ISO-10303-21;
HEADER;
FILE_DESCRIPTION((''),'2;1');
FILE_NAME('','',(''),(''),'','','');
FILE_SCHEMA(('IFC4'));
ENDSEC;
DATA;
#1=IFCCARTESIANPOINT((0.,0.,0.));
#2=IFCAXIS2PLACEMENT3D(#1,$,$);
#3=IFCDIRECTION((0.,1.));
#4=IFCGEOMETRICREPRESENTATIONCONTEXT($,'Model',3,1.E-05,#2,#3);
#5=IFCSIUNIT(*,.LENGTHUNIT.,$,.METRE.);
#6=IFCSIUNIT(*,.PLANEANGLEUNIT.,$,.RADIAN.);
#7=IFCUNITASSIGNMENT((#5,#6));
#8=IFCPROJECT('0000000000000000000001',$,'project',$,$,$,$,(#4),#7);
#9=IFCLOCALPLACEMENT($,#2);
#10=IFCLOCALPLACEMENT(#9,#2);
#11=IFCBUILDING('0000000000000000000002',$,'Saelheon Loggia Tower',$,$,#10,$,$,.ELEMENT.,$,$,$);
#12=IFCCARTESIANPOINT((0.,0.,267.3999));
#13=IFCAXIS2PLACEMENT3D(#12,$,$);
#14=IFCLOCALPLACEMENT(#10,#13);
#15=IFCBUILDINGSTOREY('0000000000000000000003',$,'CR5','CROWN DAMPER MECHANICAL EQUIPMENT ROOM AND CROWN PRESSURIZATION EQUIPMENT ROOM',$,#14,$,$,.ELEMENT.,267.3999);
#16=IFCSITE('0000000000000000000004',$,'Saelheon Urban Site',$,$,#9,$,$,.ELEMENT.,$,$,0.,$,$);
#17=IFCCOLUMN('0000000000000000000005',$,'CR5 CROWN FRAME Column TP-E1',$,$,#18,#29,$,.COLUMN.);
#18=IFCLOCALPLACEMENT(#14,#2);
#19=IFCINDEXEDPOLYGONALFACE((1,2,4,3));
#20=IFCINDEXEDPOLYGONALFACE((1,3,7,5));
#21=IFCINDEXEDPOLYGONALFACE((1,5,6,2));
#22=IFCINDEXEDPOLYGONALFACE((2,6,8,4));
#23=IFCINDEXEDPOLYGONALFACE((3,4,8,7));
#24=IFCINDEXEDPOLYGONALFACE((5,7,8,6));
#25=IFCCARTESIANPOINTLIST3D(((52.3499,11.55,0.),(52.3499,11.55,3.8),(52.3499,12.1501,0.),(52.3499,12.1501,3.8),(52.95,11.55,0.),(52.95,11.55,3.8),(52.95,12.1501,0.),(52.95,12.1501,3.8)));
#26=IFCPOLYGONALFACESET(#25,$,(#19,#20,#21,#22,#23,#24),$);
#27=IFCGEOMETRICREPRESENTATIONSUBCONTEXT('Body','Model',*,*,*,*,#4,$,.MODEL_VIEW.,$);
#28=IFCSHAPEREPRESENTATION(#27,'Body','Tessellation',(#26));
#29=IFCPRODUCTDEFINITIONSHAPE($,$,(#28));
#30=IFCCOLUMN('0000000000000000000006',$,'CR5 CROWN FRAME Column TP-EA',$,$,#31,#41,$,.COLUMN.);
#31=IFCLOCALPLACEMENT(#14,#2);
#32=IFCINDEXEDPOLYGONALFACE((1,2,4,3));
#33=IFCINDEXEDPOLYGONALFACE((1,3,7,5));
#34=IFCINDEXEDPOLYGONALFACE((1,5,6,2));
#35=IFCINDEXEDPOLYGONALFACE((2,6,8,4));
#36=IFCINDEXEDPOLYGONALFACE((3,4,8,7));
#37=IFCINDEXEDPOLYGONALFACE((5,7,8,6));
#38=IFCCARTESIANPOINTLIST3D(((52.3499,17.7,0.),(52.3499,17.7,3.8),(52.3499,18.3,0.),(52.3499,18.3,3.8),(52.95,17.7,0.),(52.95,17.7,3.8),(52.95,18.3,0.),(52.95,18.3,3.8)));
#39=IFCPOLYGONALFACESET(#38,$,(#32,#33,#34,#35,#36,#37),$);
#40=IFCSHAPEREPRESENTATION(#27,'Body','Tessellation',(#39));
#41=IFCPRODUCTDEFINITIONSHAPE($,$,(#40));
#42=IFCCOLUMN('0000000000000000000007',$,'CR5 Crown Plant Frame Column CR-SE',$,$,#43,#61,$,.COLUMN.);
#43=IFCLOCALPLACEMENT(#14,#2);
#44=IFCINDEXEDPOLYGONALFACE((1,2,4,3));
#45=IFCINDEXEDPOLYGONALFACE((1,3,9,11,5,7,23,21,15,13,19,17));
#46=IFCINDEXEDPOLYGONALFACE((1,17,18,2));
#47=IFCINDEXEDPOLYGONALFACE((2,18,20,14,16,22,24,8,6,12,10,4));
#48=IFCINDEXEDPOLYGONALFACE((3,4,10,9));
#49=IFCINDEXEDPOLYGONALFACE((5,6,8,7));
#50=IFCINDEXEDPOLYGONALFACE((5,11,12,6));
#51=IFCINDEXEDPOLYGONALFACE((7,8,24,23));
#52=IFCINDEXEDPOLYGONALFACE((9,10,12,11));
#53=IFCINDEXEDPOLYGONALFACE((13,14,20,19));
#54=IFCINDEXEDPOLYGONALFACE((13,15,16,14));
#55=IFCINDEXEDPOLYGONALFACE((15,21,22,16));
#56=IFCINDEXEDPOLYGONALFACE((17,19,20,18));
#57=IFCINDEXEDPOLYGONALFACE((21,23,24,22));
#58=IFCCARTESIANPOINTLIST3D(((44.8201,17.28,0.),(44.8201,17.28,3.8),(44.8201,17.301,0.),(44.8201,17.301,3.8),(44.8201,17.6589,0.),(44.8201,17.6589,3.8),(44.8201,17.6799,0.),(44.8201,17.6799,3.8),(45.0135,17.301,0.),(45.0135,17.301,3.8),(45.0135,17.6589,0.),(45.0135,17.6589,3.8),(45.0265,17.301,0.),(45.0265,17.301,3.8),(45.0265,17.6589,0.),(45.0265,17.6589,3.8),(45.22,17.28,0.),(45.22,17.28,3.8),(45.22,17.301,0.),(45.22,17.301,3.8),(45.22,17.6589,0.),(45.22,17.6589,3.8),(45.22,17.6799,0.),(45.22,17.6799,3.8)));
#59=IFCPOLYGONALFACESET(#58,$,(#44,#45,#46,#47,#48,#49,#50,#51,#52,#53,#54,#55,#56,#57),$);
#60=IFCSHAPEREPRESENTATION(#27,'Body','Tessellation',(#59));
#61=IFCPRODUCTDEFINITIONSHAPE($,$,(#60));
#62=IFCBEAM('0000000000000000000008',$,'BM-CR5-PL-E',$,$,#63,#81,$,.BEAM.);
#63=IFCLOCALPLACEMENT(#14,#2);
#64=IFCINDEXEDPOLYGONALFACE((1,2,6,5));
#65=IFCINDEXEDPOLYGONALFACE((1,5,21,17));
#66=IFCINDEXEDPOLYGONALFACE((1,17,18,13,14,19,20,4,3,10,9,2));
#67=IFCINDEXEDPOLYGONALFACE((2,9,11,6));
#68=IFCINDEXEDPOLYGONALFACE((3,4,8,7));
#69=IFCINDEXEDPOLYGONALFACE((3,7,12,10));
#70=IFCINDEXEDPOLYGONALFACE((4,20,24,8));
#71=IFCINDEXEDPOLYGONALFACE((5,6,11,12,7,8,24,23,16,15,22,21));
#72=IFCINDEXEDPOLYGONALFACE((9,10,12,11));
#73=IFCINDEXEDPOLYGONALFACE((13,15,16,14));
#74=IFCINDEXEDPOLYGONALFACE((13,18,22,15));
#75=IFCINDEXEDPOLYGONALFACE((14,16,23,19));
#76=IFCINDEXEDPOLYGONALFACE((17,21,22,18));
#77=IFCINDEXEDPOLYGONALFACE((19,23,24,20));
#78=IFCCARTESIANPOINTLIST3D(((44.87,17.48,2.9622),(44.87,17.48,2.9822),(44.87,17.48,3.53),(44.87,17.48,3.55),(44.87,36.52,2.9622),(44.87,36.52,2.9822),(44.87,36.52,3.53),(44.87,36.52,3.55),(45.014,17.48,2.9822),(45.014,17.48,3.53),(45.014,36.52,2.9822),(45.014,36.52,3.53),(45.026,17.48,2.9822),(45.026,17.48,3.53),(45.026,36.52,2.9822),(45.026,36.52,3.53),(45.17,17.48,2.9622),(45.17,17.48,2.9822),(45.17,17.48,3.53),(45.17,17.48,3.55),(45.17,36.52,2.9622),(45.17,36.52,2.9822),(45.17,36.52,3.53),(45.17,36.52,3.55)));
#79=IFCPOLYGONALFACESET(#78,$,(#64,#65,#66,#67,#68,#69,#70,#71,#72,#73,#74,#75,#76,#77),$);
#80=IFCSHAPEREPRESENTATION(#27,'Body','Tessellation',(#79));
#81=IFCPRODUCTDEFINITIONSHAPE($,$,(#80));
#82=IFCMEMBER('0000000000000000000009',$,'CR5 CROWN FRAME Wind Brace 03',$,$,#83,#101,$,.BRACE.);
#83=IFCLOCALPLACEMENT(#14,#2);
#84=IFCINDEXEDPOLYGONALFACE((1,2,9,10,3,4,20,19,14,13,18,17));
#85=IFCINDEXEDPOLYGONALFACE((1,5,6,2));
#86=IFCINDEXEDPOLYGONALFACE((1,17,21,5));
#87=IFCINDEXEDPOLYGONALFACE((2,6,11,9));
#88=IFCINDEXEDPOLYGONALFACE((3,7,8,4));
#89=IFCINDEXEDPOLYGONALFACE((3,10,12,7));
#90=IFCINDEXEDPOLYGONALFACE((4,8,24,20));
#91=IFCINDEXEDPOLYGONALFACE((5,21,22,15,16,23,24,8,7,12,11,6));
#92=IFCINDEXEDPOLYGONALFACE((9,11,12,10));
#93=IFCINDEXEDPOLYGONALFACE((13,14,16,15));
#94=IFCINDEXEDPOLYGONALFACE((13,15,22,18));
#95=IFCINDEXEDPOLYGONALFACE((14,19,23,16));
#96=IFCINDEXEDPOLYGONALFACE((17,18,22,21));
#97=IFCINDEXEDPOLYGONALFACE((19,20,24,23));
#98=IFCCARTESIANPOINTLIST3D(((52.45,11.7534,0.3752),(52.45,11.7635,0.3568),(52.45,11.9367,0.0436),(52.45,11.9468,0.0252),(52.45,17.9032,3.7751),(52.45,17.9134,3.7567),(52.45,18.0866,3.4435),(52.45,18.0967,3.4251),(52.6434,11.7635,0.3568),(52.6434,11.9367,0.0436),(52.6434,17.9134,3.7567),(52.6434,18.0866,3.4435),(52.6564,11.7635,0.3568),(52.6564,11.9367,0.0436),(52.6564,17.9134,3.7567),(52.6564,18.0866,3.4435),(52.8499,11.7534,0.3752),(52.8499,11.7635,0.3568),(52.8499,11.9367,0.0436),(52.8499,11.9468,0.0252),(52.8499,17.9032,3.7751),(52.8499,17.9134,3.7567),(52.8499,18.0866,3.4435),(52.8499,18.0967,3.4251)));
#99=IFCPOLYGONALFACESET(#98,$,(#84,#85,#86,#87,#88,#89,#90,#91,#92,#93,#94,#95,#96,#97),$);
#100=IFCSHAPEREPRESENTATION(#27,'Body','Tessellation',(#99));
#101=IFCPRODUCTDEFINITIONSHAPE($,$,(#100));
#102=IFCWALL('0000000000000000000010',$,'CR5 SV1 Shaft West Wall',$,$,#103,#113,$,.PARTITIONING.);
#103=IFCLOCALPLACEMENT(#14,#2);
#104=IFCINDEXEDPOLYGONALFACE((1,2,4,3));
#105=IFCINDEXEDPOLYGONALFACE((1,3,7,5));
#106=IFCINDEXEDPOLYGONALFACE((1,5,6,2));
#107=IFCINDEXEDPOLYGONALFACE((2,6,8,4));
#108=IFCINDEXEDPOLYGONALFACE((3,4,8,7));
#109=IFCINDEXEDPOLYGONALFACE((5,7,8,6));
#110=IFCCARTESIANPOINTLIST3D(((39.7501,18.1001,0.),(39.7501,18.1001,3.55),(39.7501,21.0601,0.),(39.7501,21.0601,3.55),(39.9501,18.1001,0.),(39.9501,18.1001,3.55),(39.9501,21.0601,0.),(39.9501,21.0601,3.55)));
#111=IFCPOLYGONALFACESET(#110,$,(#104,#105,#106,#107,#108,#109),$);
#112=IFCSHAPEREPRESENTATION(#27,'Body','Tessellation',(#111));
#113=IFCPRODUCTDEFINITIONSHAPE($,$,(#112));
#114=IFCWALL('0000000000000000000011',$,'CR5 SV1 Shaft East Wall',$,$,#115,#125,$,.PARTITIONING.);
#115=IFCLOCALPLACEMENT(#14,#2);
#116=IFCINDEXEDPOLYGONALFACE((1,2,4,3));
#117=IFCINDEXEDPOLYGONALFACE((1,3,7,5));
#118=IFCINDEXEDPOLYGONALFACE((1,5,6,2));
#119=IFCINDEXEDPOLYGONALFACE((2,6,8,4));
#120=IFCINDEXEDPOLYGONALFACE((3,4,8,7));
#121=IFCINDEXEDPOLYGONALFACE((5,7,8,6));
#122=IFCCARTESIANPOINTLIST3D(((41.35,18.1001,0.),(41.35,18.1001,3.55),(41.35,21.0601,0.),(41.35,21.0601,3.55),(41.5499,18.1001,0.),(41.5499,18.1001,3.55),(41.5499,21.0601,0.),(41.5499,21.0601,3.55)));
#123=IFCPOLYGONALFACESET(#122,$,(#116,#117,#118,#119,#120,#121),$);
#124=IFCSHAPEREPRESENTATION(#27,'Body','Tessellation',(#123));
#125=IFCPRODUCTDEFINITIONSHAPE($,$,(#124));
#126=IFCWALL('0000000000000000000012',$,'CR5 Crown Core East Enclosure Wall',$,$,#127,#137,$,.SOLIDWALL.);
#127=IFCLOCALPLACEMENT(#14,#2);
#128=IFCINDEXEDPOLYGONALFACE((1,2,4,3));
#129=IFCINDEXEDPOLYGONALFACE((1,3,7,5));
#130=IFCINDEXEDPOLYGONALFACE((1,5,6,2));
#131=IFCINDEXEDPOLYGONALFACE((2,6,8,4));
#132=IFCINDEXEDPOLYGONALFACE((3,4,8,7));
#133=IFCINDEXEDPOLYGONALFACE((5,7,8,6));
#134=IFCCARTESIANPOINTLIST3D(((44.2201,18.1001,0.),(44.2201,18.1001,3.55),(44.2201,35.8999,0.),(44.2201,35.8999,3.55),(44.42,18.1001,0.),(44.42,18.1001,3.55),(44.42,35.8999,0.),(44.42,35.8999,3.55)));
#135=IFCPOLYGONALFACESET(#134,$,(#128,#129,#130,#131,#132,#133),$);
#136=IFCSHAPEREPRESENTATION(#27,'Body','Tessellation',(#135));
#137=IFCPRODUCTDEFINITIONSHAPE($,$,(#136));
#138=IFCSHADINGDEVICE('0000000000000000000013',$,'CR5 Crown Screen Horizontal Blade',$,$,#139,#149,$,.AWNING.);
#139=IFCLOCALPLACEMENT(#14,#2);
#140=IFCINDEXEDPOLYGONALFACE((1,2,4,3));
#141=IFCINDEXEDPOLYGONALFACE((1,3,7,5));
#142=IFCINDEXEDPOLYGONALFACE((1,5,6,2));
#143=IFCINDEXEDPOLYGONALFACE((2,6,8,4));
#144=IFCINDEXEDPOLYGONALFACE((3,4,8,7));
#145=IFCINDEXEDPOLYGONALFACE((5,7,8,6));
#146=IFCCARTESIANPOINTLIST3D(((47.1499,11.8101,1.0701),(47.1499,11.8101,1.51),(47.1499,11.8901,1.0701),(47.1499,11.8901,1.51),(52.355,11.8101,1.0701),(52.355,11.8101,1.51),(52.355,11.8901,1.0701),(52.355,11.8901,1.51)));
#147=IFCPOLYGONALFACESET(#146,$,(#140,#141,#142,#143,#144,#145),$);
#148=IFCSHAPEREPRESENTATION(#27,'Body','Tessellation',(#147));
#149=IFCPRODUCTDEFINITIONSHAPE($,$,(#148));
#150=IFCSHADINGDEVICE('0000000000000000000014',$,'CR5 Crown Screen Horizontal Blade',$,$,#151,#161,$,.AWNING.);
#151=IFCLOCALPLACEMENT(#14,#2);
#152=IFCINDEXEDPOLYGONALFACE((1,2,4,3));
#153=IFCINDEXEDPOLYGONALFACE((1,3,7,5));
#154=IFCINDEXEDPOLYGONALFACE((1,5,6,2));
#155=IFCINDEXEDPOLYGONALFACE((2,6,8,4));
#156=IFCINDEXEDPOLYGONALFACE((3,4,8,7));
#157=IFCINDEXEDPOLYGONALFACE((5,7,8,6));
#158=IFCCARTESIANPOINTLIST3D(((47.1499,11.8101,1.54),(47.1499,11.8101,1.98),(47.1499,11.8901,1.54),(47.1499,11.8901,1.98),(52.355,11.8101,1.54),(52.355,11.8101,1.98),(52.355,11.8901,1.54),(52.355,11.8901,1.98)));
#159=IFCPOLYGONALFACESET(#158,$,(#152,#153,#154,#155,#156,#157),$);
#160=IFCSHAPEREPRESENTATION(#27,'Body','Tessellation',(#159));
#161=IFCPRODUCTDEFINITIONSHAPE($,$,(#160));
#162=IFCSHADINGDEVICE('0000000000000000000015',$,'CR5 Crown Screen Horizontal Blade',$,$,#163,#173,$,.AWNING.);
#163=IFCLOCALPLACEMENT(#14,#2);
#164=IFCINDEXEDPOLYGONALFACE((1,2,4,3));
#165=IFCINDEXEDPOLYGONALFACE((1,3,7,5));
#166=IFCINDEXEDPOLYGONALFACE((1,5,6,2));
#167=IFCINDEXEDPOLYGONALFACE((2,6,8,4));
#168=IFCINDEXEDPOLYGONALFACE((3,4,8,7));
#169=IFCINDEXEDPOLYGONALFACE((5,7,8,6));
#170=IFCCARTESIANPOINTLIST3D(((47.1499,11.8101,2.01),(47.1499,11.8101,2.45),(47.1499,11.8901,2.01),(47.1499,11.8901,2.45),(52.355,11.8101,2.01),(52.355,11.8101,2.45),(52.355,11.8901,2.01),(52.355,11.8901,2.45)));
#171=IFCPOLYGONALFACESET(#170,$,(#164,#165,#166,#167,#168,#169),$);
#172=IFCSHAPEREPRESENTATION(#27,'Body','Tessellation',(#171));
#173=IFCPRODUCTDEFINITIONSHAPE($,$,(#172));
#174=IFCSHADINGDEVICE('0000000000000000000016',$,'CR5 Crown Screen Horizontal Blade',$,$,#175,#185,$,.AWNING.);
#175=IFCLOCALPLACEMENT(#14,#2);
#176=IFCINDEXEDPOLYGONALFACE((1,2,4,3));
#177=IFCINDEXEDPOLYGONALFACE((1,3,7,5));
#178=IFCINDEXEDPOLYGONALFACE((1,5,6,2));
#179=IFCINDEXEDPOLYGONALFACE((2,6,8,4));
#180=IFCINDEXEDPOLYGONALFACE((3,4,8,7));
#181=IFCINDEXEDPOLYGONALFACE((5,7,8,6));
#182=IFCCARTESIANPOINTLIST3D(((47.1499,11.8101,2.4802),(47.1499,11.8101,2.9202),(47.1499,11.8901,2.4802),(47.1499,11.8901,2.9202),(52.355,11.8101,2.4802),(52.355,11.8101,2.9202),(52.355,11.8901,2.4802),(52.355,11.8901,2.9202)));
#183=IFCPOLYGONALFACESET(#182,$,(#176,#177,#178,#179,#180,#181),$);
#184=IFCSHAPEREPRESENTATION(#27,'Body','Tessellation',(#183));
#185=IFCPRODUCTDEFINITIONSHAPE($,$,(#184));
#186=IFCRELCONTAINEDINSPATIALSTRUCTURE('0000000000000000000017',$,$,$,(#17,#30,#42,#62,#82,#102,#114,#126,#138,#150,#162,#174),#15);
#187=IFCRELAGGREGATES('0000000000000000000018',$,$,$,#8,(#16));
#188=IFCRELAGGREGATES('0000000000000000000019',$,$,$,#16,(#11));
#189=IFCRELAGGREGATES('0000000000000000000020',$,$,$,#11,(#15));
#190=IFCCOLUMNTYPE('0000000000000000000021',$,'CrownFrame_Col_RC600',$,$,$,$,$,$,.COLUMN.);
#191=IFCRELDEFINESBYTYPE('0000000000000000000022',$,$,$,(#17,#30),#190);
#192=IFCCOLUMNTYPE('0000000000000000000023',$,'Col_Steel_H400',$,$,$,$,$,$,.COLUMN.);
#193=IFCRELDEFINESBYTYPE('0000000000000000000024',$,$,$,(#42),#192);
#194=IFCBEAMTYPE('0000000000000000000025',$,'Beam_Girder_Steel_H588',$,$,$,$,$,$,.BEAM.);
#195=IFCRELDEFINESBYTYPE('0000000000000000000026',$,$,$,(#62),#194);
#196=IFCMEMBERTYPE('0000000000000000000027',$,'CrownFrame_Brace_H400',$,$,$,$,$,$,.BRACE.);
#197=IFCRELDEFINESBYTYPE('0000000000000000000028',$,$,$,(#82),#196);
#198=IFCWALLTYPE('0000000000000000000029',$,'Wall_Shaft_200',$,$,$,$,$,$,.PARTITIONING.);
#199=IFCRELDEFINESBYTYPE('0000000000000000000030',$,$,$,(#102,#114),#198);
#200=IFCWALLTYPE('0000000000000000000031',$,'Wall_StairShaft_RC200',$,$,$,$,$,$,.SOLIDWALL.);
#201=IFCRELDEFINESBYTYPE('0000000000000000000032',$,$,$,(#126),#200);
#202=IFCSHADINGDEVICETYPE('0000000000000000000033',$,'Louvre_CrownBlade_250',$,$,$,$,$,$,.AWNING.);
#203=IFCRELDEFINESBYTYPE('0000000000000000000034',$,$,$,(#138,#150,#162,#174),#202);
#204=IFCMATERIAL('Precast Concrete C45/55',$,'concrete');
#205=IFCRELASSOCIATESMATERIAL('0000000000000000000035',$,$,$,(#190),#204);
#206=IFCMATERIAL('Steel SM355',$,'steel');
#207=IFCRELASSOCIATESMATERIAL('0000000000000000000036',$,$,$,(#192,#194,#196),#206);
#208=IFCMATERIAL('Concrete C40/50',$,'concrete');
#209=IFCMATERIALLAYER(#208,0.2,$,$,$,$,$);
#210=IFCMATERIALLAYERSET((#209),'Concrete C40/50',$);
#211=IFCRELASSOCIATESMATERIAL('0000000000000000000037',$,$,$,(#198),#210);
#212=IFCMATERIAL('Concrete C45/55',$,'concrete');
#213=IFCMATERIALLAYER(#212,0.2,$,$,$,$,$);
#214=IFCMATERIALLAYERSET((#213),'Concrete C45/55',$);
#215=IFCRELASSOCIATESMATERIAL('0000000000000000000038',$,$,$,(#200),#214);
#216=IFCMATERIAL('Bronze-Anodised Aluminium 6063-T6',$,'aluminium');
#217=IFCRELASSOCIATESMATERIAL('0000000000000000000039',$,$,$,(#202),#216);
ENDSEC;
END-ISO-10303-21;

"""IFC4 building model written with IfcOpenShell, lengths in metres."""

from ifc_helpers import new_model, si_unit, direction, frame, frame_2d, origin, origin_2d, place, context, subcontext, project, spatial, rectangle, i_section, extrude, source, transform, mapped, material, layer, layer_set, material_profile, profile_set, type_object, element, save


model = new_model("IFC4")

# Units and contexts
model_context = context("Model", 3, precision=1e-05, world=origin(), true_north=direction((0.0, 1.0)))
body_context = subcontext(model_context, "Body", "Model", "MODEL_VIEW")
ifc_project = project(units=[si_unit("LENGTHUNIT", "METRE"), si_unit("PLANEANGLEUNIT", "RADIAN")], contexts=[model_context])

# Site, building, storey
site_placement = place(None, origin())
site = spatial("IfcSite", under=ifc_project, at=site_placement, Name="Saelheon Urban Site", CompositionType="ELEMENT", RefElevation=0.0)
building_placement = place(site_placement, origin())
building = spatial("IfcBuilding", under=site, at=building_placement, Name="Saelheon Loggia Tower", CompositionType="ELEMENT")
storey_placement = place(building_placement, frame((0.0, 0.0, 267.3999)))
storey = spatial("IfcBuildingStorey", under=building, at=storey_placement, Name="CR5", Description="CROWN DAMPER MECHANICAL EQUIPMENT ROOM AND CROWN PRESSURIZATION EQUIPMENT ROOM", CompositionType="ELEMENT", Elevation=267.3999)

# Columns
ifc_material_1 = material(Name="Precast Concrete C45/55", Category="concrete")
ifc_material_profile_1 = material_profile(ifc_material_1, rectangle(XDim=0.6001, YDim=0.6001, at=origin_2d()), Name="RC-600x600")
ifc_profile_set_1 = profile_set([ifc_material_profile_1], Name="Precast Concrete C45/55")
column_type_1 = type_object("IfcColumnType", Name="CrownFrame_Col_RC600", PredefinedType="COLUMN", material=ifc_profile_set_1)
shared_shape_1 = source(origin(), body_context, "Body", "SweptSolid", [
    extrude(rectangle(XDim=0.6001, YDim=0.6001, at=origin_2d()), origin(), (0.0, 0.0, 1.0), 3.8),
])
for number, where, z_axis, x_axis, name in (
    (1, (52.6499, 11.8501, 0.0), (0.0, 0.0, 1.0), (1.0, 0.0, 0.0), "CR5 CROWN FRAME Column TP-E1"),
    (2, (52.6499, 18.0, 0.0), (0.0, 0.0, 1.0), (1.0, 0.0, 0.0), "CR5 CROWN FRAME Column TP-EA"),
):
    element("IfcColumn", number, at=place(storey_placement, frame(where, z_axis=z_axis, x_axis=x_axis)), inside=storey, type_object=column_type_1, Name=name, PredefinedType="COLUMN", context=body_context, shape_type="MappedRepresentation", body=[
        mapped(shared_shape_1, transform((0.0, 0.0, 0.0), scale=1.0)),
    ])
ifc_material_2 = material(Name="Steel SM355", Category="steel")
ifc_material_profile_2 = material_profile(ifc_material_2, i_section(OverallWidth=0.3999, OverallDepth=0.3999, WebThickness=0.0129, FlangeThickness=0.021, at=origin_2d()), Name="H-400x400x13x21")
ifc_profile_set_2 = profile_set([ifc_material_profile_2], Name="Steel SM355")
column_type_2 = type_object("IfcColumnType", Name="Col_Steel_H400", PredefinedType="COLUMN", material=ifc_profile_set_2)
shared_shape_2 = source(origin(), body_context, "Body", "SweptSolid", [
    extrude(i_section(OverallWidth=0.3999, OverallDepth=0.3999, WebThickness=0.0129, FlangeThickness=0.021, at=origin_2d()), origin(), (0.0, 0.0, 1.0), 3.8),
])
column_placement = place(storey_placement, frame((45.02, 17.48, 0.0), z_axis=(0.0, 0.0, 1.0), x_axis=(1.0, 0.0, 0.0)))
element("IfcColumn", 3, at=column_placement, inside=storey, type_object=column_type_2, Name="CR5 Crown Plant Frame Column CR-SE", PredefinedType="COLUMN", context=body_context, shape_type="MappedRepresentation", body=[
    mapped(shared_shape_2, transform((0.0, 0.0, 0.0), scale=1.0)),
])

# Beam
ifc_material_profile_3 = material_profile(ifc_material_2, i_section(OverallWidth=0.3, OverallDepth=0.5879, WebThickness=0.012, FlangeThickness=0.02, at=origin_2d()), Name="H-588x300x12x20")
ifc_profile_set_3 = profile_set([ifc_material_profile_3], Name="Steel SM355")
beam_type = type_object("IfcBeamType", Name="Beam_Girder_Steel_H588", PredefinedType="BEAM", material=ifc_profile_set_3)
shared_shape_3 = source(origin(), body_context, "Body", "SweptSolid", [
    extrude(i_section(OverallWidth=0.3, OverallDepth=0.5879, WebThickness=0.012, FlangeThickness=0.02, at=origin_2d()), origin(), (0.0, 0.0, 1.0), 19.04),
])
beam_placement = place(storey_placement, frame((45.02, 17.48, 3.2561), z_axis=(0.0, 1.0, 0.0), x_axis=(-1.0, 0.0, 0.0)))
element("IfcBeam", 4, at=beam_placement, inside=storey, type_object=beam_type, Name="BM-CR5-PL-E", PredefinedType="BEAM", context=body_context, shape_type="MappedRepresentation", body=[
    mapped(shared_shape_3, transform((0.0, 0.0, 0.0), scale=1.0)),
])

# Member
ifc_material_profile_4 = material_profile(ifc_material_2, i_section(OverallWidth=0.3999, OverallDepth=0.3999, WebThickness=0.0129, FlangeThickness=0.021, at=origin_2d()), Name="H-400x400x13x21")
ifc_profile_set_4 = profile_set([ifc_material_profile_4], Name="Steel SM355")
member_type = type_object("IfcMemberType", Name="CrownFrame_Brace_H400", PredefinedType="BRACE", material=ifc_profile_set_4)
shared_shape_4 = source(origin(), body_context, "Body", "SweptSolid", [
    extrude(i_section(OverallWidth=0.3999, OverallDepth=0.3999, WebThickness=0.0129, FlangeThickness=0.021, at=origin_2d()), origin(), (0.0, 0.0, 1.0), 7.0271),
])
member_placement = place(storey_placement, frame((52.6499, 11.8501, 0.2002), z_axis=(0.0, 0.875165, 0.483825), x_axis=(-1.0, 0.0, 0.0)))
element("IfcMember", 5, at=member_placement, inside=storey, type_object=member_type, Name="CR5 CROWN FRAME Wind Brace 03", PredefinedType="BRACE", context=body_context, shape_type="MappedRepresentation", body=[
    mapped(shared_shape_4, transform((0.0, 0.0, 0.0), scale=1.0)),
])

# Walls
ifc_material_3 = material(Name="Concrete C40/50", Category="concrete")
ifc_layer_1 = layer(ifc_material_3, 0.2)
ifc_layer_set_1 = layer_set([ifc_layer_1], Name="Concrete C40/50")
wall_type_1 = type_object("IfcWallType", Name="Wall_Shaft_200", PredefinedType="PARTITIONING", material=ifc_layer_set_1)
for number, where, z_axis, x_axis, name in (
    (6, (39.8501, 18.1001, 0.0), (0.0, 0.0, 1.0), (0.0, 1.0, 0.0), "CR5 SV1 Shaft West Wall"),
    (7, (41.45, 18.1001, 0.0), (0.0, 0.0, 1.0), (0.0, 1.0, 0.0), "CR5 SV1 Shaft East Wall"),
):
    element("IfcWall", number, at=place(storey_placement, frame(where, z_axis=z_axis, x_axis=x_axis)), inside=storey, type_object=wall_type_1, Name=name, PredefinedType="PARTITIONING", context=body_context, shape_type="SweptSolid", body=[
        extrude(rectangle(XDim=2.96, YDim=0.2, at=frame_2d((1.48, 0.0))), origin(), (0.0, 0.0, 1.0), 3.55),
    ])
ifc_material_4 = material(Name="Concrete C45/55", Category="concrete")
ifc_layer_2 = layer(ifc_material_4, 0.2)
ifc_layer_set_2 = layer_set([ifc_layer_2], Name="Concrete C45/55")
wall_type_2 = type_object("IfcWallType", Name="Wall_StairShaft_RC200", PredefinedType="SOLIDWALL", material=ifc_layer_set_2)
wall_placement = place(storey_placement, frame((44.3201, 18.1001, 0.0), z_axis=(0.0, 0.0, 1.0), x_axis=(0.0, 1.0, 0.0)))
element("IfcWall", 8, at=wall_placement, inside=storey, type_object=wall_type_2, Name="CR5 Crown Core East Enclosure Wall", PredefinedType="SOLIDWALL", context=body_context, shape_type="SweptSolid", body=[
    extrude(rectangle(XDim=17.7998, YDim=0.2, at=frame_2d((8.8999, 0.0))), origin(), (0.0, 0.0, 1.0), 3.55),
])

# Shading devices
ifc_material_5 = material(Name="Bronze-Anodised Aluminium 6063-T6", Category="aluminium")
ifc_material_profile_5 = material_profile(ifc_material_5, rectangle(XDim=0.0801, YDim=0.4399, at=origin_2d()), Name="Louvre_CrownBlade_250")
ifc_profile_set_5 = profile_set([ifc_material_profile_5], Name="Bronze-Anodised Aluminium 6063-T6")
shading_device_type = type_object("IfcShadingDeviceType", Name="Louvre_CrownBlade_250", PredefinedType="AWNING", material=ifc_profile_set_5)
shared_shape_5 = source(origin(), body_context, "Body", "SweptSolid", [
    extrude(rectangle(XDim=0.0801, YDim=0.4399, at=origin_2d()), origin(), (0.0, 0.0, 1.0), 5.2051),
])
for number, where, z_axis, x_axis, name in (
    (9, (47.1499, 11.8501, 1.29), (1.0, 0.0, 0.0), (0.0, 1.0, 0.0), "CR5 Crown Screen Horizontal Blade"),
    (10, (47.1499, 11.8501, 1.76), (1.0, 0.0, 0.0), (0.0, 1.0, 0.0), "CR5 Crown Screen Horizontal Blade"),
    (11, (47.1499, 11.8501, 2.23), (1.0, 0.0, 0.0), (0.0, 1.0, 0.0), "CR5 Crown Screen Horizontal Blade"),
    (12, (47.1499, 11.8501, 2.7002), (1.0, 0.0, 0.0), (0.0, 1.0, 0.0), "CR5 Crown Screen Horizontal Blade"),
):
    element("IfcShadingDevice", number, at=place(storey_placement, frame(where, z_axis=z_axis, x_axis=x_axis)), inside=storey, type_object=shading_device_type, Name=name, PredefinedType="AWNING", context=body_context, shape_type="MappedRepresentation", body=[
        mapped(shared_shape_5, transform((0.0, 0.0, 0.0), scale=1.0)),
    ])

save(model, "model.ifc")
